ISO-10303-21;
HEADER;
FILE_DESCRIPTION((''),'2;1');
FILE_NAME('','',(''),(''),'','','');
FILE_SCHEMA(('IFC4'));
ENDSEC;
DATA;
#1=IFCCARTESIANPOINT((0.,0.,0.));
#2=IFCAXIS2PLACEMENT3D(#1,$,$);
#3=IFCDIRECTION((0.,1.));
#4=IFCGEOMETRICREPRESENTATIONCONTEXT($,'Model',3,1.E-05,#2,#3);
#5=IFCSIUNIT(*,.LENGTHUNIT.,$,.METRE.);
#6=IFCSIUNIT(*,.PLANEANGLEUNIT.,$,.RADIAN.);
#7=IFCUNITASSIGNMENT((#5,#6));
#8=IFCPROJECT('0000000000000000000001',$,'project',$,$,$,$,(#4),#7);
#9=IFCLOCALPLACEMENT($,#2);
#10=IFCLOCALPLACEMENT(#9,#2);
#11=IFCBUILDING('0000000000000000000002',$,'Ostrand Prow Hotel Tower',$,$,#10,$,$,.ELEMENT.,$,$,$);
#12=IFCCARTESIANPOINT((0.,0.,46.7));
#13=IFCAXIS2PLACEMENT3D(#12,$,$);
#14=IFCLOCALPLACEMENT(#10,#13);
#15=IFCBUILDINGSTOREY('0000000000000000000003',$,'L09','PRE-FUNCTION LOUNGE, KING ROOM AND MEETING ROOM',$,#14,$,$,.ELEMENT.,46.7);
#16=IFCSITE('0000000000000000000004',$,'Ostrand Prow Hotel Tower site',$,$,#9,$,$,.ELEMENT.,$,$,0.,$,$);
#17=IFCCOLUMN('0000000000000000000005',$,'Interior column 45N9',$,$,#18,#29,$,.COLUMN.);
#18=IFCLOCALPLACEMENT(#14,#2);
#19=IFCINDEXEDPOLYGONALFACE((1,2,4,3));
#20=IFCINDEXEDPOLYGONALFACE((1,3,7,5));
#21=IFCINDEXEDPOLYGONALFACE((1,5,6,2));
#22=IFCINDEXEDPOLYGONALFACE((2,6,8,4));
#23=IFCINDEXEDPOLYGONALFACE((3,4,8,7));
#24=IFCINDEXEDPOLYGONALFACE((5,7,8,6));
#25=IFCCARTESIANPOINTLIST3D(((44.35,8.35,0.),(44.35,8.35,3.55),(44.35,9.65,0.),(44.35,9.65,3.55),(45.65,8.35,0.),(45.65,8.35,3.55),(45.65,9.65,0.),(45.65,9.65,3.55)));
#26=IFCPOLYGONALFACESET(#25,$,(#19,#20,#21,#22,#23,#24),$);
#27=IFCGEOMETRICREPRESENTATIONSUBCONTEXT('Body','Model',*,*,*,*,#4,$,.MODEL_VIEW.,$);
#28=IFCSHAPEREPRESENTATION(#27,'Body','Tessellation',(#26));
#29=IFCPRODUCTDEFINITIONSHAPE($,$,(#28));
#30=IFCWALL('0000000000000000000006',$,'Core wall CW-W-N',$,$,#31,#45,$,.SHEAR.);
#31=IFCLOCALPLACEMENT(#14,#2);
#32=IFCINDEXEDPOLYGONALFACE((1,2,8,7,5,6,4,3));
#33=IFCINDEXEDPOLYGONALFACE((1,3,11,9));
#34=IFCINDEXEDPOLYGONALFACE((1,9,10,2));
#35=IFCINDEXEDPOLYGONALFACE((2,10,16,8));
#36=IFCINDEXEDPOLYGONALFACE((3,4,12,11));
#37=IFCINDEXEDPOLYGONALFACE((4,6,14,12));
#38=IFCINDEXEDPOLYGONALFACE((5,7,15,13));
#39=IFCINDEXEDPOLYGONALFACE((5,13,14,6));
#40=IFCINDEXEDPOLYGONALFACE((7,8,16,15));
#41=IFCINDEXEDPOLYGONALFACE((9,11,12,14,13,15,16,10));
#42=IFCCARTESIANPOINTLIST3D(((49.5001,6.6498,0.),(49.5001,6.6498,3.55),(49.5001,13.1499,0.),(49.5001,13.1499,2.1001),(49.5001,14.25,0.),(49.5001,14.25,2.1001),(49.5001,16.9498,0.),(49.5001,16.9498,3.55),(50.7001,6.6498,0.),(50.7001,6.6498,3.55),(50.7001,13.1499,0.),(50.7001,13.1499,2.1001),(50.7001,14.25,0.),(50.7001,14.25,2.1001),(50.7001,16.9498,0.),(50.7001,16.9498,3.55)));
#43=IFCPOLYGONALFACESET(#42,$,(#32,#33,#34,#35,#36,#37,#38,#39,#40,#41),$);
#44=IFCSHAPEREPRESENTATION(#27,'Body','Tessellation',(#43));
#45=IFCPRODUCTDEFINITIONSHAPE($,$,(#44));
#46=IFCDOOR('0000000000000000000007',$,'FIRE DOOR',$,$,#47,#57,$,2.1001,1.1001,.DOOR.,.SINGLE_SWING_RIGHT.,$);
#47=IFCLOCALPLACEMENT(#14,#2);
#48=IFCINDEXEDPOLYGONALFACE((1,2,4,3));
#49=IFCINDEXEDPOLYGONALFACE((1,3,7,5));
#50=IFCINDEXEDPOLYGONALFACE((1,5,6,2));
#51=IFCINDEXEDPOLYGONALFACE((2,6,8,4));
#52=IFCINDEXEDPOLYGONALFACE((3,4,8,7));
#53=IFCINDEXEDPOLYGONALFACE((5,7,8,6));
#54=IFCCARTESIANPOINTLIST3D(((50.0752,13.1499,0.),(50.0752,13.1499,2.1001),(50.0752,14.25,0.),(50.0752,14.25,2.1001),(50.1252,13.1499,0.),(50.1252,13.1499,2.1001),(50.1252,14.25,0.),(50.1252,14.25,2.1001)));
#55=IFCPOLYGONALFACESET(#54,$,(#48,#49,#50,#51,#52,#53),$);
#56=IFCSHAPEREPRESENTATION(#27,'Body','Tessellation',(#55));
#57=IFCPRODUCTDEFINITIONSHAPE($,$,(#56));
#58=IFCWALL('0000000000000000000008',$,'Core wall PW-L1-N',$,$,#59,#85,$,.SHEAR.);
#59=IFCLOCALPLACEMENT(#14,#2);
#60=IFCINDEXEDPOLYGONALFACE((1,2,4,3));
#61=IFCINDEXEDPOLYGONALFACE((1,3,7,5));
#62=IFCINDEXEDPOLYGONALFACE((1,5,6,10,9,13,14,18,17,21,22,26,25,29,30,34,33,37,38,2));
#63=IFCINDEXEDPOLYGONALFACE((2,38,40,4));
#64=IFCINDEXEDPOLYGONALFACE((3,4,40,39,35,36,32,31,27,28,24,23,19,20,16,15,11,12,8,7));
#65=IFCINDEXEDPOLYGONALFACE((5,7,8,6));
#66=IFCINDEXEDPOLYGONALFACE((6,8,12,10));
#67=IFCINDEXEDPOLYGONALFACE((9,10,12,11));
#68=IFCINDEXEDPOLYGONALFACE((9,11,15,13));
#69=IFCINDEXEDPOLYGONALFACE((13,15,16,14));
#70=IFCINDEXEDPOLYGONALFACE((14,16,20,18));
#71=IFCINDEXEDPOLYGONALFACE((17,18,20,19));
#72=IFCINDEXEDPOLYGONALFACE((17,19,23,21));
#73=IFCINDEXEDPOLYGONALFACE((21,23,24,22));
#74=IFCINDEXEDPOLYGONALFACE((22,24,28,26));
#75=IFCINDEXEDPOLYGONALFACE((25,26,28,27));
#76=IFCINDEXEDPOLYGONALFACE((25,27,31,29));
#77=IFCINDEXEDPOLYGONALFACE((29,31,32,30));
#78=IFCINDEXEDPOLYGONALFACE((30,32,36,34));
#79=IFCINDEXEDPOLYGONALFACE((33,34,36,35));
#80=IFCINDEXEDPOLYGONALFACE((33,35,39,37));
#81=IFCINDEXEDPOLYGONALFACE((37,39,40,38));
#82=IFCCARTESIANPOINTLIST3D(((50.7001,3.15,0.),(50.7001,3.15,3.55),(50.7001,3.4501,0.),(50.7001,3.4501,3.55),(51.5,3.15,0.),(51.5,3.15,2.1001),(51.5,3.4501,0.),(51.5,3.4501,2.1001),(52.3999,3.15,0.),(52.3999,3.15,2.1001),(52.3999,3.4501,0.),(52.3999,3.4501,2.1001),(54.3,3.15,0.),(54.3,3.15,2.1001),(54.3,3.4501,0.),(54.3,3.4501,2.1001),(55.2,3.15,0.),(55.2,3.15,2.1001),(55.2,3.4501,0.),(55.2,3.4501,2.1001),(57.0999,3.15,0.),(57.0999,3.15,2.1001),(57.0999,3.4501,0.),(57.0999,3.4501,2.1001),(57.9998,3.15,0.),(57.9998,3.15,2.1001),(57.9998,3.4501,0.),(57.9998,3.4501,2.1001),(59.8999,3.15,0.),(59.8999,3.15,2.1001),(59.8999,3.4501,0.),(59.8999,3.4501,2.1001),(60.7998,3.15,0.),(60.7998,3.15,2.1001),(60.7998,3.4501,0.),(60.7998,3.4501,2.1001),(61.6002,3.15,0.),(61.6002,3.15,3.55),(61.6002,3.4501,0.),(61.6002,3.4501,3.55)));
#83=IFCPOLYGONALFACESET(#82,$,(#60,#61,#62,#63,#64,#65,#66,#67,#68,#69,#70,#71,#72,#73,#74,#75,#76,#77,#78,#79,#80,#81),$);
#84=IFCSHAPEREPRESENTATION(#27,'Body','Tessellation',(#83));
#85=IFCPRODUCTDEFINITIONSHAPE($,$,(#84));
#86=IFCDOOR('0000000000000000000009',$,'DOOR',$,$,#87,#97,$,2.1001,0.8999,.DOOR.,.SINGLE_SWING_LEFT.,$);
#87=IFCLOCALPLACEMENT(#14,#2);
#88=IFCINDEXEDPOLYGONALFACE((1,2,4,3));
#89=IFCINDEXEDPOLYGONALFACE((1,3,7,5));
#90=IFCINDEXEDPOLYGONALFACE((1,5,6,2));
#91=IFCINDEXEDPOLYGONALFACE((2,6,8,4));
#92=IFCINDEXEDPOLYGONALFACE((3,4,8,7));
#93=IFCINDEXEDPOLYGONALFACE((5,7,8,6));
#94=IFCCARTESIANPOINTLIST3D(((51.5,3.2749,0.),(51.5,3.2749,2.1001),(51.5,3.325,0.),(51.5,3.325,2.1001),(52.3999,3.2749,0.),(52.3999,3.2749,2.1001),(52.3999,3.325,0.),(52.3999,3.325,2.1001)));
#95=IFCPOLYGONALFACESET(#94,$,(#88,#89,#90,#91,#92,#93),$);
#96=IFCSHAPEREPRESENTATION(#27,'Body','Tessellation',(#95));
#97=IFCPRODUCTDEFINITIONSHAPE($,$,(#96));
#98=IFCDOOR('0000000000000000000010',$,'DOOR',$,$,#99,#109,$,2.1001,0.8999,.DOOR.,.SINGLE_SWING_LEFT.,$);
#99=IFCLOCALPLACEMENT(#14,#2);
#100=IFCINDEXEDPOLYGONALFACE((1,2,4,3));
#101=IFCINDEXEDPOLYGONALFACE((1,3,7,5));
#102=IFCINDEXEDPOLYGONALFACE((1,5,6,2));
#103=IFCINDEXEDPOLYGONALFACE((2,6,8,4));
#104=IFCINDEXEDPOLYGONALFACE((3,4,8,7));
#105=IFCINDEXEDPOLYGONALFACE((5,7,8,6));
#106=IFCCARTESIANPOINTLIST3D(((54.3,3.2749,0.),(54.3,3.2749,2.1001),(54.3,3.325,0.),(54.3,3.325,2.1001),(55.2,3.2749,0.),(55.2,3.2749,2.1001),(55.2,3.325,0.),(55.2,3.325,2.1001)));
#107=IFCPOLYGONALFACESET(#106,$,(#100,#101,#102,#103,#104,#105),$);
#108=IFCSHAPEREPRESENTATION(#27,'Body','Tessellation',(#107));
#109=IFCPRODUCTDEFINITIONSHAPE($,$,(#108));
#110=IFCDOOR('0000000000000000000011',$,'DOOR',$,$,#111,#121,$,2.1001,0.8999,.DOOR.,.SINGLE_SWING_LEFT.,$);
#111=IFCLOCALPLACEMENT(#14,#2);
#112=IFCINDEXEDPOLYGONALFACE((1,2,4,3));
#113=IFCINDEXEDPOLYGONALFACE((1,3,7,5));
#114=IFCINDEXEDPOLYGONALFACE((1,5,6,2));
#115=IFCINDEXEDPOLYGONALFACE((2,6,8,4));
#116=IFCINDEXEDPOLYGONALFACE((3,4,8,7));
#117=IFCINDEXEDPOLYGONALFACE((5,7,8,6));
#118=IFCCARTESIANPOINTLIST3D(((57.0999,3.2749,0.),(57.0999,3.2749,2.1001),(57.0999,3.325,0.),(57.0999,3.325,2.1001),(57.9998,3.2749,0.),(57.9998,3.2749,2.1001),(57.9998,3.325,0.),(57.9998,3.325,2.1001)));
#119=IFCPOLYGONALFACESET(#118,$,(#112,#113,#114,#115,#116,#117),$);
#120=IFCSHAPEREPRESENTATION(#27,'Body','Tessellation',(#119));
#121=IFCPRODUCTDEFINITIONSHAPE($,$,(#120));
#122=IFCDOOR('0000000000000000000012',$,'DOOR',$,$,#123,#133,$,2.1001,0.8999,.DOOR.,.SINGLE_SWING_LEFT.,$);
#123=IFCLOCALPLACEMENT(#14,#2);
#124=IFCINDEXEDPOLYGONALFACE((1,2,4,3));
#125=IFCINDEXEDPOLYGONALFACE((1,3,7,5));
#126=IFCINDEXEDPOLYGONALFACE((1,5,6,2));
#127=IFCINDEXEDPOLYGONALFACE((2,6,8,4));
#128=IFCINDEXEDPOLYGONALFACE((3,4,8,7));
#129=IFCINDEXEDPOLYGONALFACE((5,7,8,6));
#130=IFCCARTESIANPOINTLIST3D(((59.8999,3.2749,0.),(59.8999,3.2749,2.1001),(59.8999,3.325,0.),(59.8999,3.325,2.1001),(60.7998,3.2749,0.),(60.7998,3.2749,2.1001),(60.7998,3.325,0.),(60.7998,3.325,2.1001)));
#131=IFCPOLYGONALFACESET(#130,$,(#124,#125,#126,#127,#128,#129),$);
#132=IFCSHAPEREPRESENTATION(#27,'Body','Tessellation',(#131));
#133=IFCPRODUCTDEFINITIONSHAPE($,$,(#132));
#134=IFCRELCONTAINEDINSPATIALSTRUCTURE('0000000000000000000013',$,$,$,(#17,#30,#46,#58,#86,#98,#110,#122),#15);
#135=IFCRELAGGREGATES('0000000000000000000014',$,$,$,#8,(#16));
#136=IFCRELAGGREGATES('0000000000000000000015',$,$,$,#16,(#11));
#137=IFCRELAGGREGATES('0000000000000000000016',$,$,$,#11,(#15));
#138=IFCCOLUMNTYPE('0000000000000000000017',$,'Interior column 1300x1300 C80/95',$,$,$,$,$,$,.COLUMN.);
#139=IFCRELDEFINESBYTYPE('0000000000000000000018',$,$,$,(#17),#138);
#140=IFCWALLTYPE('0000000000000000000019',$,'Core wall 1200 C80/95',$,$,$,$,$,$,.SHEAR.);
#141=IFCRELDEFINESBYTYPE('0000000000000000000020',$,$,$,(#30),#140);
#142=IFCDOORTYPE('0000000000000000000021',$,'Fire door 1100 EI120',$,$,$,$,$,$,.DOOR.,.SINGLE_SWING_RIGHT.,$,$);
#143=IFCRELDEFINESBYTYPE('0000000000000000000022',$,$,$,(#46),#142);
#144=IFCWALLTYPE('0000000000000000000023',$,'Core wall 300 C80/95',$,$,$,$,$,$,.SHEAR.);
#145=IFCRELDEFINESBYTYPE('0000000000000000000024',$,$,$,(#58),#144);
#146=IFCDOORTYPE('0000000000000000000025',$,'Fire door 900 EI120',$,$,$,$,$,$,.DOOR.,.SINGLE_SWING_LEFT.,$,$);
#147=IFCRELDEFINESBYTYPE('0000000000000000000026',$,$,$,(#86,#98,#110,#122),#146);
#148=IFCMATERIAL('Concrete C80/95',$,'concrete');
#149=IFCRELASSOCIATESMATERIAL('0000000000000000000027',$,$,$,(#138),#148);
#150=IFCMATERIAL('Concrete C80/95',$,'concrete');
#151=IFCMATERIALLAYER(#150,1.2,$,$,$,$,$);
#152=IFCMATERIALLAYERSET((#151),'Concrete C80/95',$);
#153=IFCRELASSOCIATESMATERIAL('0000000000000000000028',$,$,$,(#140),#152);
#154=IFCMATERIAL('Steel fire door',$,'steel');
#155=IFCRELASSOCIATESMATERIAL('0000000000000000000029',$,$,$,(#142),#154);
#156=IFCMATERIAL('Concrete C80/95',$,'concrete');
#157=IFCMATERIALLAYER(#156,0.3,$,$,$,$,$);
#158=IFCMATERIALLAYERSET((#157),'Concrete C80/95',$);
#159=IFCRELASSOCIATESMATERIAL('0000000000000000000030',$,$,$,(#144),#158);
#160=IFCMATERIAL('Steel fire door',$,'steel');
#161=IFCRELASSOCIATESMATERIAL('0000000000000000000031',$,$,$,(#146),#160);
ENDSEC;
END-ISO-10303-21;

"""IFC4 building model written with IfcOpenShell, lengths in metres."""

from ifc_helpers import new_model, si_unit, direction, frame, frame_2d, origin, origin_2d, place, context, subcontext, project, spatial, rectangle, extrude, material, layer, layer_set, material_profile, profile_set, type_object, element, fill, save


model = new_model("IFC4")

# Units and contexts
model_context = context("Model", 3, precision=1e-05, world=origin(), true_north=direction((0.0, 1.0)))
body_context = subcontext(model_context, "Body", "Model", "MODEL_VIEW")
ifc_project = project(units=[si_unit("LENGTHUNIT", "METRE"), si_unit("PLANEANGLEUNIT", "RADIAN")], contexts=[model_context])

# Site, building, storey
site_placement = place(None, origin())
site = spatial("IfcSite", under=ifc_project, at=site_placement, Name="Ostrand Prow Hotel Tower site", CompositionType="ELEMENT", RefElevation=0.0)
building_placement = place(site_placement, origin())
building = spatial("IfcBuilding", under=site, at=building_placement, Name="Ostrand Prow Hotel Tower", CompositionType="ELEMENT")
storey_placement = place(building_placement, frame((0.0, 0.0, 46.7)))
storey = spatial("IfcBuildingStorey", under=building, at=storey_placement, Name="L09", Description="PRE-FUNCTION LOUNGE, KING ROOM AND MEETING ROOM", CompositionType="ELEMENT", Elevation=46.7)

# Column
ifc_material_1 = material(Name="Concrete C80/95", Category="concrete")
ifc_material_profile = material_profile(ifc_material_1, rectangle(XDim=1.3, YDim=1.3, at=origin_2d()), Name="RC 1300x1300")
ifc_profile_set = profile_set([ifc_material_profile], Name="Concrete C80/95")
column_type = type_object("IfcColumnType", Name="Interior column 1300x1300 C80/95", PredefinedType="COLUMN", material=ifc_profile_set)
column_placement = place(storey_placement, frame((45.0, 9.0, 0.0), z_axis=(0.0, 0.0, 1.0), x_axis=(1.0, 0.0, 0.0)))
element("IfcColumn", 1, at=column_placement, inside=storey, type_object=column_type, Name="Interior column 45N9", PredefinedType="COLUMN", context=body_context, shape_type="SweptSolid", body=[
    extrude(rectangle(XDim=1.3, YDim=1.3, at=origin_2d()), origin(), (0.0, 0.0, 1.0), 3.55),
])

# Wall, opening, door
ifc_material_2 = material(Name="Concrete C80/95", Category="concrete")
ifc_layer_1 = layer(ifc_material_2, 1.2)
ifc_layer_set_1 = layer_set([ifc_layer_1], Name="Concrete C80/95")
wall_type_1 = type_object("IfcWallType", Name="Core wall 1200 C80/95", PredefinedType="SHEAR", material=ifc_layer_set_1)
wall_1_placement = place(storey_placement, frame((50.1001, 6.6499, 0.0), z_axis=(0.0, 0.0, 1.0), x_axis=(0.0, 1.0, 0.0)))
wall_1 = element("IfcWall", 2, at=wall_1_placement, inside=storey, type_object=wall_type_1, Name="Core wall CW-W-N", PredefinedType="SHEAR", context=body_context, shape_type="SweptSolid", body=[
    extrude(rectangle(XDim=10.3, YDim=1.2, at=frame_2d((5.1499, 0.0))), origin(), (0.0, 0.0, 1.0), 3.55),
])
opening_1_placement = place(wall_1_placement, frame((6.5, 0.0, 0.0)))
opening_1 = element("IfcOpeningElement", 3, at=opening_1_placement, cuts=wall_1, PredefinedType="OPENING", context=body_context, shape_type="SweptSolid", body=[
    extrude(rectangle(XDim=1.1001, YDim=2.1001, at=frame_2d((0.55, 1.05))), frame((0.0, 0.6099, 0.0), z_axis=(0.0, -1.0, 0.0), x_axis=(1.0, 0.0, 0.0)), (0.0, 0.0, 1.0), 1.22),
])
ifc_material_3 = material(Name="Steel fire door", Category="steel")
door_type_1 = type_object("IfcDoorType", Name="Fire door 1100 EI120", OperationType="SINGLE_SWING_RIGHT", PredefinedType="DOOR", material=ifc_material_3)
door_1_placement = place(opening_1_placement, origin())
door_1 = element("IfcDoor", 4, at=door_1_placement, inside=storey, type_object=door_type_1, Name="FIRE DOOR", OperationType="SINGLE_SWING_RIGHT", OverallHeight=2.1001, OverallWidth=1.1001, PredefinedType="DOOR", context=body_context, shape_type="SweptSolid", body=[
    extrude(rectangle(XDim=1.1001, YDim=2.1001, at=frame_2d((0.55, 1.05))), frame((0.0, 0.0249, 0.0), z_axis=(0.0, -1.0, 0.0), x_axis=(1.0, 0.0, 0.0)), (0.0, 0.0, 1.0), 0.05),
])
fill(opening_1, door_1)

# Wall, openings, doors
ifc_material_4 = material(Name="Concrete C80/95", Category="concrete")
ifc_layer_2 = layer(ifc_material_4, 0.3)
ifc_layer_set_2 = layer_set([ifc_layer_2], Name="Concrete C80/95")
wall_type_2 = type_object("IfcWallType", Name="Core wall 300 C80/95", PredefinedType="SHEAR", material=ifc_layer_set_2)
wall_2_placement = place(storey_placement, frame((50.7, 3.3, 0.0), z_axis=(0.0, 0.0, 1.0), x_axis=(1.0, 0.0, 0.0)))
wall_2 = element("IfcWall", 5, at=wall_2_placement, inside=storey, type_object=wall_type_2, Name="Core wall PW-L1-N", PredefinedType="SHEAR", context=body_context, shape_type="SweptSolid", body=[
    extrude(rectangle(XDim=10.9001, YDim=0.3, at=frame_2d((5.4502, 0.0))), origin(), (0.0, 0.0, 1.0), 3.55),
])
opening_2_placement = place(wall_2_placement, frame((0.8, 0.0, 0.0)))
opening_2 = element("IfcOpeningElement", 6, at=opening_2_placement, cuts=wall_2, PredefinedType="OPENING", context=body_context, shape_type="SweptSolid", body=[
    extrude(rectangle(XDim=0.8999, YDim=2.1001, at=frame_2d((0.45, 1.05))), frame((0.0, 0.1599, 0.0), z_axis=(0.0, -1.0, 0.0), x_axis=(1.0, 0.0, 0.0)), (0.0, 0.0, 1.0), 0.3201),
])
opening_3_placement = place(wall_2_placement, frame((3.6001, 0.0, 0.0)))
opening_3 = element("IfcOpeningElement", 7, at=opening_3_placement, cuts=wall_2, PredefinedType="OPENING", context=body_context, shape_type="SweptSolid", body=[
    extrude(rectangle(XDim=0.8999, YDim=2.1001, at=frame_2d((0.45, 1.05))), frame((0.0, 0.1599, 0.0), z_axis=(0.0, -1.0, 0.0), x_axis=(1.0, 0.0, 0.0)), (0.0, 0.0, 1.0), 0.3201),
])
opening_4_placement = place(wall_2_placement, frame((6.3999, 0.0, 0.0)))
opening_4 = element("IfcOpeningElement", 8, at=opening_4_placement, cuts=wall_2, PredefinedType="OPENING", context=body_context, shape_type="SweptSolid", body=[
    extrude(rectangle(XDim=0.8999, YDim=2.1001, at=frame_2d((0.45, 1.05))), frame((0.0, 0.1599, 0.0), z_axis=(0.0, -1.0, 0.0), x_axis=(1.0, 0.0, 0.0)), (0.0, 0.0, 1.0), 0.3201),
])
opening_5_placement = place(wall_2_placement, frame((9.2, 0.0, 0.0)))
opening_5 = element("IfcOpeningElement", 9, at=opening_5_placement, cuts=wall_2, PredefinedType="OPENING", context=body_context, shape_type="SweptSolid", body=[
    extrude(rectangle(XDim=0.8999, YDim=2.1001, at=frame_2d((0.45, 1.05))), frame((0.0, 0.1599, 0.0), z_axis=(0.0, -1.0, 0.0), x_axis=(1.0, 0.0, 0.0)), (0.0, 0.0, 1.0), 0.3201),
])
ifc_material_5 = material(Name="Steel fire door", Category="steel")
door_type_2 = type_object("IfcDoorType", Name="Fire door 900 EI120", OperationType="SINGLE_SWING_LEFT", PredefinedType="DOOR", material=ifc_material_5)
door_2_placement = place(opening_2_placement, origin())
door_2 = element("IfcDoor", 10, at=door_2_placement, inside=storey, type_object=door_type_2, Name="DOOR", OperationType="SINGLE_SWING_LEFT", OverallHeight=2.1001, OverallWidth=0.8999, PredefinedType="DOOR", context=body_context, shape_type="SweptSolid", body=[
    extrude(rectangle(XDim=0.8999, YDim=2.1001, at=frame_2d((0.45, 1.05))), frame((0.0, 0.0249, 0.0), z_axis=(0.0, -1.0, 0.0), x_axis=(1.0, 0.0, 0.0)), (0.0, 0.0, 1.0), 0.05),
])
fill(opening_2, door_2)
door_3_placement = place(opening_3_placement, origin())
door_3 = element("IfcDoor", 11, at=door_3_placement, inside=storey, type_object=door_type_2, Name="DOOR", OperationType="SINGLE_SWING_LEFT", OverallHeight=2.1001, OverallWidth=0.8999, PredefinedType="DOOR", context=body_context, shape_type="SweptSolid", body=[
    extrude(rectangle(XDim=0.8999, YDim=2.1001, at=frame_2d((0.45, 1.05))), frame((0.0, 0.0249, 0.0), z_axis=(0.0, -1.0, 0.0), x_axis=(1.0, 0.0, 0.0)), (0.0, 0.0, 1.0), 0.05),
])
fill(opening_3, door_3)
door_4_placement = place(opening_4_placement, origin())
door_4 = element("IfcDoor", 12, at=door_4_placement, inside=storey, type_object=door_type_2, Name="DOOR", OperationType="SINGLE_SWING_LEFT", OverallHeight=2.1001, OverallWidth=0.8999, PredefinedType="DOOR", context=body_context, shape_type="SweptSolid", body=[
    extrude(rectangle(XDim=0.8999, YDim=2.1001, at=frame_2d((0.45, 1.05))), frame((0.0, 0.0249, 0.0), z_axis=(0.0, -1.0, 0.0), x_axis=(1.0, 0.0, 0.0)), (0.0, 0.0, 1.0), 0.05),
])
fill(opening_4, door_4)
door_5_placement = place(opening_5_placement, origin())
door_5 = element("IfcDoor", 13, at=door_5_placement, inside=storey, type_object=door_type_2, Name="DOOR", OperationType="SINGLE_SWING_LEFT", OverallHeight=2.1001, OverallWidth=0.8999, PredefinedType="DOOR", context=body_context, shape_type="SweptSolid", body=[
    extrude(rectangle(XDim=0.8999, YDim=2.1001, at=frame_2d((0.45, 1.05))), frame((0.0, 0.0249, 0.0), z_axis=(0.0, -1.0, 0.0), x_axis=(1.0, 0.0, 0.0)), (0.0, 0.0, 1.0), 0.05),
])
fill(opening_5, door_5)

save(model, "model.ifc")
